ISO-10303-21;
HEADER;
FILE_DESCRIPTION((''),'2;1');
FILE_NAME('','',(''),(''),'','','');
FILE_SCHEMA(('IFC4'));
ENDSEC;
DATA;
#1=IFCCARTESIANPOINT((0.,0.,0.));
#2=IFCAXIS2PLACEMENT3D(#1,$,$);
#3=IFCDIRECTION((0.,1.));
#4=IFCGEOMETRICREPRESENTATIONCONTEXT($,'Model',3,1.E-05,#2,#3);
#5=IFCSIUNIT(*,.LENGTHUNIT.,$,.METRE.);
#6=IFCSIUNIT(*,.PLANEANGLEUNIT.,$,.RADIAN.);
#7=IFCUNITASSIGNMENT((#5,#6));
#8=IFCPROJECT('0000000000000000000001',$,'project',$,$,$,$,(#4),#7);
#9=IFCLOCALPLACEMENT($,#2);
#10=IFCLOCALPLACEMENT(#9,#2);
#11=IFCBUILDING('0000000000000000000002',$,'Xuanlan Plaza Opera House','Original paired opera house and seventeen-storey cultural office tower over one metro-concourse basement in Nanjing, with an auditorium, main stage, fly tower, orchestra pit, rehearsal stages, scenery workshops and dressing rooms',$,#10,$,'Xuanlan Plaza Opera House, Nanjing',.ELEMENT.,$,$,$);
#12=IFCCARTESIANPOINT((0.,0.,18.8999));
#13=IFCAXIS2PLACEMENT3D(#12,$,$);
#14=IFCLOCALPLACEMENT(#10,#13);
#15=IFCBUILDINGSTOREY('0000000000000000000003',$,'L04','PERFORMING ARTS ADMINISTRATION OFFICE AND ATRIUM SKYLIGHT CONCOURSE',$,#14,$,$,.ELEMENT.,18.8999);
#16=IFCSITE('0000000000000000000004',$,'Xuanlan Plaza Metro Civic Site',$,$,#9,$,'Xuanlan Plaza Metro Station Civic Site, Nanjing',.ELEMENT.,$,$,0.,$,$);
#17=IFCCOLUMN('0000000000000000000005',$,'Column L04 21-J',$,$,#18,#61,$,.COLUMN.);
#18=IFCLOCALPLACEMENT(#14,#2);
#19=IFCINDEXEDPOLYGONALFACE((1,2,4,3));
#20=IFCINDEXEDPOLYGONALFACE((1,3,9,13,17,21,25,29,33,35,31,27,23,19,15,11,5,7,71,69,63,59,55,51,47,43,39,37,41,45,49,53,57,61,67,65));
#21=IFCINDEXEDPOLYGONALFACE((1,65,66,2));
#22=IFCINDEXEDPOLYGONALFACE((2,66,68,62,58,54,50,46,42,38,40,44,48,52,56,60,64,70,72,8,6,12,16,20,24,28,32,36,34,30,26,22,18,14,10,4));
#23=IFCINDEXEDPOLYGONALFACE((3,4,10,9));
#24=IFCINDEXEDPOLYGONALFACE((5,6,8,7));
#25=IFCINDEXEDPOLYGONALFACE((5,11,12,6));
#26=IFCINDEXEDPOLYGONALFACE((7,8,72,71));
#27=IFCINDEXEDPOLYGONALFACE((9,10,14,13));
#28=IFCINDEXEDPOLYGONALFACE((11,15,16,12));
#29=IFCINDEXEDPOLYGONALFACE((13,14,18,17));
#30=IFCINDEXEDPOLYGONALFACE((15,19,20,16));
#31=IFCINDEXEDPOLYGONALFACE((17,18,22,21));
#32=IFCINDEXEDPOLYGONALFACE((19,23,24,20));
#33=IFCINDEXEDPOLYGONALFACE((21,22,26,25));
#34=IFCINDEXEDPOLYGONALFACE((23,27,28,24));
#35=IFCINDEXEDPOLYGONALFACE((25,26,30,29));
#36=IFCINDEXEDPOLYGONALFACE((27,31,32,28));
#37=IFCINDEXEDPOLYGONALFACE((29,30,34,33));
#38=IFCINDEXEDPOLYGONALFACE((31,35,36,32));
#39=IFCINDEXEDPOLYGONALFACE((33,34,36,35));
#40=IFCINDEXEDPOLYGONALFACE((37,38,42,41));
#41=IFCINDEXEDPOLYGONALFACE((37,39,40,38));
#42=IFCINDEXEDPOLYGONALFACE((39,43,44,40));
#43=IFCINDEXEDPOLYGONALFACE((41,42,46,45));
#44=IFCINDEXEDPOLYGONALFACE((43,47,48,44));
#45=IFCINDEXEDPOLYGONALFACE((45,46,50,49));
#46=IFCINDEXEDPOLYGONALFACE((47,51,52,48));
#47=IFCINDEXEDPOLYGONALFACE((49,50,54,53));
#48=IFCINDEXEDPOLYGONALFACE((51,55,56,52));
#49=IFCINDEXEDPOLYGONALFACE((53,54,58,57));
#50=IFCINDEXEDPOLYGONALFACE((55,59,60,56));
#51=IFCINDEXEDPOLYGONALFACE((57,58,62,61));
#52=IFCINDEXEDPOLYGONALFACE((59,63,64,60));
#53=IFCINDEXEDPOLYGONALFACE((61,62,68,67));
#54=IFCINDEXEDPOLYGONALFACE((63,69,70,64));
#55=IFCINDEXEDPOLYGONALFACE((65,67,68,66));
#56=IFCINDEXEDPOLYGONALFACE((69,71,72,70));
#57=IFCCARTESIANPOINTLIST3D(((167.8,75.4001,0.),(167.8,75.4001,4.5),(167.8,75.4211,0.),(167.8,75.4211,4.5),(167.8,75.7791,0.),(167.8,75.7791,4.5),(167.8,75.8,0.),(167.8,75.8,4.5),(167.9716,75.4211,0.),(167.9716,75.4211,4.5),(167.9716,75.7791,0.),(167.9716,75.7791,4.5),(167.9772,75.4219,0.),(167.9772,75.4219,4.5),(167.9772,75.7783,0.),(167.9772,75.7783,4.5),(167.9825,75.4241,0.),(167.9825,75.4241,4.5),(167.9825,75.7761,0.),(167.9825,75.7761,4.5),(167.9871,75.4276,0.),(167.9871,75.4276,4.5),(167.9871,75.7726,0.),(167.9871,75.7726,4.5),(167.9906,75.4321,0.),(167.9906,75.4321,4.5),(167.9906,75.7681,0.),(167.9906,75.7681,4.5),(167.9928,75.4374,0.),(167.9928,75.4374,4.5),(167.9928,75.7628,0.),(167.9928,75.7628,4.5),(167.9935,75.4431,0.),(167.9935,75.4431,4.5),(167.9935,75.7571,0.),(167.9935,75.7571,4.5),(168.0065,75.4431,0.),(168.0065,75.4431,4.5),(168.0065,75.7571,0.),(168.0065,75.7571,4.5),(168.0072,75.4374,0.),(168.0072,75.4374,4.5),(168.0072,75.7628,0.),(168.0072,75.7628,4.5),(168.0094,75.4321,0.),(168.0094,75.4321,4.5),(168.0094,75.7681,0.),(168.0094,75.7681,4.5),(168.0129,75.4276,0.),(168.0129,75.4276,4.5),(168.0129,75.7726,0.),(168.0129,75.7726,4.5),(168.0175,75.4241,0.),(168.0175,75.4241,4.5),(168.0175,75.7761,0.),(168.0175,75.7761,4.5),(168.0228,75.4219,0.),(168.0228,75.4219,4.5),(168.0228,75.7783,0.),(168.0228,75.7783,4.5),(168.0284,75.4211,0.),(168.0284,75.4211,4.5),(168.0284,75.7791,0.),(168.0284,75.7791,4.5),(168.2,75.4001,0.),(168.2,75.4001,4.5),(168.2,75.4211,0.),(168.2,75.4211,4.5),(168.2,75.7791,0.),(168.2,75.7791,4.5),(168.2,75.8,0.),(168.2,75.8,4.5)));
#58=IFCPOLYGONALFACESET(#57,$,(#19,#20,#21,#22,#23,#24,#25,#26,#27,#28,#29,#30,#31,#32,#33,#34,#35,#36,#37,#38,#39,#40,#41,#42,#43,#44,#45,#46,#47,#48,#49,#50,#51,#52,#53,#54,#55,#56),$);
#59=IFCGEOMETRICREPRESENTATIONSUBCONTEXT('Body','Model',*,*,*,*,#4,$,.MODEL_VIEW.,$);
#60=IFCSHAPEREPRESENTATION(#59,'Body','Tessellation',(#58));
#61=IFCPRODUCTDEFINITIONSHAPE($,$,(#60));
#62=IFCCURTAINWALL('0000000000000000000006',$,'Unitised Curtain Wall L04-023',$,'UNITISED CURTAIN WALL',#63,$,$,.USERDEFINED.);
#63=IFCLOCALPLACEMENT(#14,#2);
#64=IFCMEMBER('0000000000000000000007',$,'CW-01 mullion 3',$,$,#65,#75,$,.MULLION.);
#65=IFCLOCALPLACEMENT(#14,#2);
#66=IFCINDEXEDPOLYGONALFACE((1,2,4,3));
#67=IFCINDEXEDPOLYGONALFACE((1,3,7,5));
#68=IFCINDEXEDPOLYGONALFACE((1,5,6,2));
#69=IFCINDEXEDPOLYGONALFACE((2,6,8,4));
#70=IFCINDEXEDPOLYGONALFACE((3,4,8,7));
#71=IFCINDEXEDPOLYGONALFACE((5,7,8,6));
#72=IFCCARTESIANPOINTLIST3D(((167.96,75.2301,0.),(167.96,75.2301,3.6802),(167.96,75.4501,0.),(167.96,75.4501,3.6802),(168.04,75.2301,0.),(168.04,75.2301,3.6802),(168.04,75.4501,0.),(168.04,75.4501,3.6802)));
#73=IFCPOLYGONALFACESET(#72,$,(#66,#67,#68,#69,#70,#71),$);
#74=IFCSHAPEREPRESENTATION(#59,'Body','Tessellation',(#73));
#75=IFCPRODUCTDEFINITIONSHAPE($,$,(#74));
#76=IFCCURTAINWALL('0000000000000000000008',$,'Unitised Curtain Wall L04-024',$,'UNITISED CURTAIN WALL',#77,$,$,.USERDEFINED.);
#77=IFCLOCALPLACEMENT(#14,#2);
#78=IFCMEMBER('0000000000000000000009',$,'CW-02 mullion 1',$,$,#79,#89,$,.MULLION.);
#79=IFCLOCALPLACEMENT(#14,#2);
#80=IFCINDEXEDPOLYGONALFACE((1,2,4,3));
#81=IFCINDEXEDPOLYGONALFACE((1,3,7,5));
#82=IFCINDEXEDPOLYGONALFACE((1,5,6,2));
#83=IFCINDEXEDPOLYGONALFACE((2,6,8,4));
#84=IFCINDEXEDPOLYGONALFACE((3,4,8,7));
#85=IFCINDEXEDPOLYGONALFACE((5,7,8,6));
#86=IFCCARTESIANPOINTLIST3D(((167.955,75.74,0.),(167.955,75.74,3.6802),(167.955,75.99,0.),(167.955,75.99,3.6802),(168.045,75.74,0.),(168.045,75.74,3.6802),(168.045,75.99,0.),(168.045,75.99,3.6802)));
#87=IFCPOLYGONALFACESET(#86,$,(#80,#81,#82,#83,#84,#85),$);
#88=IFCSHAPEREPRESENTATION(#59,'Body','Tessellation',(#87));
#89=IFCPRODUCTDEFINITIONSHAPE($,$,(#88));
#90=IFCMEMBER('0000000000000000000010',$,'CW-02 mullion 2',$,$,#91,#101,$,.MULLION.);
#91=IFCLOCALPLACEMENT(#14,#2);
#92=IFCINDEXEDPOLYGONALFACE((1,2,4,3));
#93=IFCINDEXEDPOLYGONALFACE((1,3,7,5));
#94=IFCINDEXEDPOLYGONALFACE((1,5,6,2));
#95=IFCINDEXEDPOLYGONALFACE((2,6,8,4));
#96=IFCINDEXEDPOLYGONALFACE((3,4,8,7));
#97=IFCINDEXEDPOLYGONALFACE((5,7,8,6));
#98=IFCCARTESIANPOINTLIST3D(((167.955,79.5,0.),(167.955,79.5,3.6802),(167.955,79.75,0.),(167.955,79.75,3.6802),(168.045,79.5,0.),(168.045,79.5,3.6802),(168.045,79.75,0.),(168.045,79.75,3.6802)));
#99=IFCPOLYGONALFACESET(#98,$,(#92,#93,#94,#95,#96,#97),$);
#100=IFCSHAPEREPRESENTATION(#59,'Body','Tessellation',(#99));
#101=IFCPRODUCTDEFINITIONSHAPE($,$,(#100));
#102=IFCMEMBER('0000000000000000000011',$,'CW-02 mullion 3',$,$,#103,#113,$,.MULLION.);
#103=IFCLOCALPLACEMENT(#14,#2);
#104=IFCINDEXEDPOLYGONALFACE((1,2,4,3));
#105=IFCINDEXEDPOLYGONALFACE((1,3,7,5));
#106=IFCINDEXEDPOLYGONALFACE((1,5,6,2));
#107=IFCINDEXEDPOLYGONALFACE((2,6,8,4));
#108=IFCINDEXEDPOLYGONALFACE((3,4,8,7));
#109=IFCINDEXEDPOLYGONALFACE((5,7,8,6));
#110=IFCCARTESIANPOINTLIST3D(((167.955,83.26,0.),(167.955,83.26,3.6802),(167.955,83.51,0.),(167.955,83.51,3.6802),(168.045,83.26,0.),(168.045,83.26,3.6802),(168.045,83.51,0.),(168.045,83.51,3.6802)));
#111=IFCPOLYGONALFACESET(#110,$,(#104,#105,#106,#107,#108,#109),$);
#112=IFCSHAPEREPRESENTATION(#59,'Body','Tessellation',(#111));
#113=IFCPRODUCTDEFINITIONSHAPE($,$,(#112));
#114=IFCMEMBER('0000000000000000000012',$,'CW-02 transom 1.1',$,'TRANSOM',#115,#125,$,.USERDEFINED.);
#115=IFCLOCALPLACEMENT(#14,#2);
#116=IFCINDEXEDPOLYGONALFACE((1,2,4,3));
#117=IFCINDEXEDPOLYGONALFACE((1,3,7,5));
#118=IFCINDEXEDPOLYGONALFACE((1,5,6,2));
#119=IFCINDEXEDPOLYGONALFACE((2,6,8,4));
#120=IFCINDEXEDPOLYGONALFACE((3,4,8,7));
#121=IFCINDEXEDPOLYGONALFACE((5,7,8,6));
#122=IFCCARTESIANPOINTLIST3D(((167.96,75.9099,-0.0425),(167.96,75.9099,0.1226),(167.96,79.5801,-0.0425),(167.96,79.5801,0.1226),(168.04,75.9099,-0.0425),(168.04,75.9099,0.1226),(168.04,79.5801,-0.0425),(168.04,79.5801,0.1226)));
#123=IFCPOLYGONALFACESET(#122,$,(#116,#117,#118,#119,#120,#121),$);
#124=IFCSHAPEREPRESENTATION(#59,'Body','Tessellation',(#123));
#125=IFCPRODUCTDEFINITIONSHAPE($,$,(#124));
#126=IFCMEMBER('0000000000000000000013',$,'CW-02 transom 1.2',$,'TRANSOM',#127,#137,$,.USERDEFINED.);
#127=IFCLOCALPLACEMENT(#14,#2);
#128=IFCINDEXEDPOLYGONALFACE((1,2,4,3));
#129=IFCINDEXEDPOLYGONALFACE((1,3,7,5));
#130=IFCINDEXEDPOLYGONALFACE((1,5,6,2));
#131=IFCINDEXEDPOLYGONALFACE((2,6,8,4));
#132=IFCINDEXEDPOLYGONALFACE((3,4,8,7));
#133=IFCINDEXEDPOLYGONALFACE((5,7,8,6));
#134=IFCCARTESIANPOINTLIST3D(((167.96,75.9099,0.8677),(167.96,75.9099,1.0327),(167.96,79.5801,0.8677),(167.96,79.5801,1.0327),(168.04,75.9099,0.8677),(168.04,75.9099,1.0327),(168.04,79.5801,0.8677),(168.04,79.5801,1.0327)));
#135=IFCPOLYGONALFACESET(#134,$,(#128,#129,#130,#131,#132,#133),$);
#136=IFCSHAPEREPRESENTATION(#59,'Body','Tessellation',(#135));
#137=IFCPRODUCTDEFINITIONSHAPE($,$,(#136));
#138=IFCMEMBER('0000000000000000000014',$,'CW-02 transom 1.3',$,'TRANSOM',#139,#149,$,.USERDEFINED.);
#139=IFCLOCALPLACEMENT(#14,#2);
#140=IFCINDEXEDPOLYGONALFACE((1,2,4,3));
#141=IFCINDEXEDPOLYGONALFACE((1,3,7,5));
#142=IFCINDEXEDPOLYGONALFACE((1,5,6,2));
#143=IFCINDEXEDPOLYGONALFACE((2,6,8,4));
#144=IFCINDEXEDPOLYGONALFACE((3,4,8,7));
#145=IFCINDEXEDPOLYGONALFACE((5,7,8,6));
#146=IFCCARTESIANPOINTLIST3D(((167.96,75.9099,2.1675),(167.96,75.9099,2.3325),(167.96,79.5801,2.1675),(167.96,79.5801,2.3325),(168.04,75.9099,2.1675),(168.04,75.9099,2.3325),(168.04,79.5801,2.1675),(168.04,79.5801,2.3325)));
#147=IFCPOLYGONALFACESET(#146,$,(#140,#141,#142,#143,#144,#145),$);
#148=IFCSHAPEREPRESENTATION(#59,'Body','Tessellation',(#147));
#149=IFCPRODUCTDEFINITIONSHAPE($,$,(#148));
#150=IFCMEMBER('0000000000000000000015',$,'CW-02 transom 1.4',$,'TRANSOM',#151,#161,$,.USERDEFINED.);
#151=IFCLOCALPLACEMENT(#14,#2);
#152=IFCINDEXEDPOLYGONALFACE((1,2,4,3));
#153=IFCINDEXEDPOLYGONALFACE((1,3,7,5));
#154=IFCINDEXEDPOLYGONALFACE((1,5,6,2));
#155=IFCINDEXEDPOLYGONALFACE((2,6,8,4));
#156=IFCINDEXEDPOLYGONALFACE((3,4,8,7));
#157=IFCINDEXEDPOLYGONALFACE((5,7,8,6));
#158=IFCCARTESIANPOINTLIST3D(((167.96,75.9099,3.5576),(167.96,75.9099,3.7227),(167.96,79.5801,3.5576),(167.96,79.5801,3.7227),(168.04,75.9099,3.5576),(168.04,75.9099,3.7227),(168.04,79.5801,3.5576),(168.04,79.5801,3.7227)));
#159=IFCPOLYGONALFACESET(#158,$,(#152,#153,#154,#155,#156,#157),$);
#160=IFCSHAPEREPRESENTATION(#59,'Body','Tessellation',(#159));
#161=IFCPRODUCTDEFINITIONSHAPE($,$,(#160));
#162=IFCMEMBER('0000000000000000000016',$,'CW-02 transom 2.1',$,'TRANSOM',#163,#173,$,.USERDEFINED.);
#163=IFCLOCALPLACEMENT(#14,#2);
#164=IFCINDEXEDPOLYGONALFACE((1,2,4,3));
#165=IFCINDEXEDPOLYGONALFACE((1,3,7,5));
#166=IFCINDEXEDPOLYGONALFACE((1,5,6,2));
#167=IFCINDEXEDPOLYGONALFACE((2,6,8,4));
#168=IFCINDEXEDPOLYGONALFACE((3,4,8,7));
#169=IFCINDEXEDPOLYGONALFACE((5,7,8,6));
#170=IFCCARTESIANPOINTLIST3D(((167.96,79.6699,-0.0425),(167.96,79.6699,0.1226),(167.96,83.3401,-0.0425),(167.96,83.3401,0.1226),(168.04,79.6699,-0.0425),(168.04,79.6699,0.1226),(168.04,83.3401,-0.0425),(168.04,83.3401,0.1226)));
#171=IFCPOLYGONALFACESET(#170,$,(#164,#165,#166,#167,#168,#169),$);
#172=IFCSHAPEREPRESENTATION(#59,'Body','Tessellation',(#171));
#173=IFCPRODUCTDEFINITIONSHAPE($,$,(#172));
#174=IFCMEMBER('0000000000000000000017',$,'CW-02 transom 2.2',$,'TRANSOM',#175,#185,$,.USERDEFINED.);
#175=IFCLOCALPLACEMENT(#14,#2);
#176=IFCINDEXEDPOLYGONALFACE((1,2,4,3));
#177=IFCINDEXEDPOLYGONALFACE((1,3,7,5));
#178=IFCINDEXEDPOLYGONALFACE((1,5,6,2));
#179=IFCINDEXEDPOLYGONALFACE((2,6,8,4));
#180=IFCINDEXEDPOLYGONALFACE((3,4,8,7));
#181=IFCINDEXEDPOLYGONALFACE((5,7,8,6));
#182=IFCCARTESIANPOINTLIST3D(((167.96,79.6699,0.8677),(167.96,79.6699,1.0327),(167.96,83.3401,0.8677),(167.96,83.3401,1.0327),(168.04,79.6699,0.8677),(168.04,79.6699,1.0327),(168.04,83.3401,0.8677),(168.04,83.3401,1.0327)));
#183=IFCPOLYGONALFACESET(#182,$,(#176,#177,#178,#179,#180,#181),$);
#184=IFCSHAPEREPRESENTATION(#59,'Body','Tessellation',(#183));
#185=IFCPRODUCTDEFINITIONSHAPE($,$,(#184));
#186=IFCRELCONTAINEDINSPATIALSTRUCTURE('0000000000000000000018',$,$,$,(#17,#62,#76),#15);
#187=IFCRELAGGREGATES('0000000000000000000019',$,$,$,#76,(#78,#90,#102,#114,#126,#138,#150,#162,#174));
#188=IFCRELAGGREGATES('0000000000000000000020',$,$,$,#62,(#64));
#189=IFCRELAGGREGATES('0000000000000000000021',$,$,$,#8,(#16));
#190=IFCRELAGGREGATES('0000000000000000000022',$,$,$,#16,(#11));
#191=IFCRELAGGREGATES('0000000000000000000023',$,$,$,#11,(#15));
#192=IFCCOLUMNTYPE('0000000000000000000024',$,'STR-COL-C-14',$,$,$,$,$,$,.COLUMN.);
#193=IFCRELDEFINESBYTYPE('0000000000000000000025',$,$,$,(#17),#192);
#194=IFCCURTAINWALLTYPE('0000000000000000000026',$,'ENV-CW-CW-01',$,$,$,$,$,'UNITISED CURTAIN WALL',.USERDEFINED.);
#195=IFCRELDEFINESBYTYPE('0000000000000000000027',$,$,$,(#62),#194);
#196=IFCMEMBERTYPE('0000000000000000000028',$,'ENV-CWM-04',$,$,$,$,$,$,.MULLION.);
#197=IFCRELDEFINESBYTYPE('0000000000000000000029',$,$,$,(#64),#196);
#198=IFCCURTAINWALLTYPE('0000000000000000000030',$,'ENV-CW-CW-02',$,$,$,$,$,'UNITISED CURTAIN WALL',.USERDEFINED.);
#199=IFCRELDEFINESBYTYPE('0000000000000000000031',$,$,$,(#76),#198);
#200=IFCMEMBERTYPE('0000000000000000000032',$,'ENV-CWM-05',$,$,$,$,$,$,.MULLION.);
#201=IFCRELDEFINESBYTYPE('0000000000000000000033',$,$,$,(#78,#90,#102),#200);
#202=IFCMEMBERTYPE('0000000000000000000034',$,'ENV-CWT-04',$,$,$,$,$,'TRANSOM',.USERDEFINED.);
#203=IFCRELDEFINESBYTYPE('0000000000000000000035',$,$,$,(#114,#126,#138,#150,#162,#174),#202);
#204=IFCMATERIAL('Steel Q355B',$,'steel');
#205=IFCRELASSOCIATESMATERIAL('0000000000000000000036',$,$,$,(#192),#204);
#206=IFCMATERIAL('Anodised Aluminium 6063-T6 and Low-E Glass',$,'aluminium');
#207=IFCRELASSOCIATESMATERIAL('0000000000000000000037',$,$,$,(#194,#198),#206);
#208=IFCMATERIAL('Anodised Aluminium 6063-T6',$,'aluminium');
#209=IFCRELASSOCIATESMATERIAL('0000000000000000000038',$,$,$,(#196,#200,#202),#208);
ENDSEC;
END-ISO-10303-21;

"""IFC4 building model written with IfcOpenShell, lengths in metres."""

from ifc_helpers import new_model, si_unit, direction, frame, origin, origin_2d, place, context, subcontext, project, spatial, rectangle, i_section, extrude, material, material_profile, profile_set, type_object, element, aggregate, save


model = new_model("IFC4")

# Units and contexts
model_context = context("Model", 3, precision=1e-05, world=origin(), true_north=direction((0.0, 1.0)))
body_context = subcontext(model_context, "Body", "Model", "MODEL_VIEW")
ifc_project = project(units=[si_unit("LENGTHUNIT", "METRE"), si_unit("PLANEANGLEUNIT", "RADIAN")], contexts=[model_context])

# Site, building, storey
site_placement = place(None, origin())
site = spatial("IfcSite", under=ifc_project, at=site_placement, Name="Xuanlan Plaza Metro Civic Site", LongName="Xuanlan Plaza Metro Station Civic Site, Nanjing", CompositionType="ELEMENT", RefElevation=0.0)
building_placement = place(site_placement, origin())
building = spatial("IfcBuilding", under=site, at=building_placement, Name="Xuanlan Plaza Opera House", Description="Original paired opera house and seventeen-storey cultural office tower over one metro-concourse basement in Nanjing, with an auditorium, main stage, fly tower, orchestra pit, rehearsal stages, scenery workshops and dressing rooms", LongName="Xuanlan Plaza Opera House, Nanjing", CompositionType="ELEMENT")
storey_placement = place(building_placement, frame((0.0, 0.0, 18.8999)))
storey = spatial("IfcBuildingStorey", under=building, at=storey_placement, Name="L04", Description="PERFORMING ARTS ADMINISTRATION OFFICE AND ATRIUM SKYLIGHT CONCOURSE", CompositionType="ELEMENT", Elevation=18.8999)

# Column
ifc_material_1 = material(Name="Steel Q355B", Category="steel")
ifc_material_profile_1 = material_profile(ifc_material_1, i_section(OverallWidth=0.3999, OverallDepth=0.3999, WebThickness=0.0129, FlangeThickness=0.021, FilletRadius=0.022, at=origin_2d()), Name="HW 400x400x13x21")
ifc_profile_set_1 = profile_set([ifc_material_profile_1], Name="Steel Q355B")
column_type = type_object("IfcColumnType", Name="STR-COL-C-14", PredefinedType="COLUMN", material=ifc_profile_set_1)
column_placement = place(storey_placement, frame((168.0, 75.6001, 0.0), z_axis=(0.0, 0.0, 1.0), x_axis=(1.0, 0.0, 0.0)))
element("IfcColumn", 1, at=column_placement, inside=storey, type_object=column_type, Name="Column L04 21-J", PredefinedType="COLUMN", context=body_context, shape_type="SweptSolid", body=[
    extrude(i_section(OverallWidth=0.3999, OverallDepth=0.3999, WebThickness=0.0129, FlangeThickness=0.021, FilletRadius=0.022, at=origin_2d()), origin(), (0.0, 0.0, 1.0), 4.5),
])

# Curtain wall, member
ifc_material_2 = material(Name="Anodised Aluminium 6063-T6 and Low-E Glass", Category="aluminium")
curtain_wall_type_1 = type_object("IfcCurtainWallType", Name="ENV-CW-CW-01", ElementType="UNITISED CURTAIN WALL", PredefinedType="USERDEFINED", material=ifc_material_2)
curtain_wall_1_placement = place(storey_placement, origin())
curtain_wall_1 = element("IfcCurtainWall", 2, at=curtain_wall_1_placement, inside=storey, type_object=curtain_wall_type_1, Name="Unitised Curtain Wall L04-023", ObjectType="UNITISED CURTAIN WALL", PredefinedType="USERDEFINED")
ifc_material_3 = material(Name="Anodised Aluminium 6063-T6", Category="aluminium")
ifc_material_profile_2 = material_profile(ifc_material_3, rectangle(XDim=0.0801, YDim=0.22, at=origin_2d()), Name="ALU-M 80x220")
ifc_profile_set_2 = profile_set([ifc_material_profile_2], Name="Anodised Aluminium 6063-T6")
member_type_1 = type_object("IfcMemberType", Name="ENV-CWM-04", PredefinedType="MULLION", material=ifc_profile_set_2)
member_1_placement = place(storey_placement, frame((168.0, 75.3401, 0.0), z_axis=(0.0, 0.0, 1.0), x_axis=(-1.0, 0.0, 0.0)))
member_1 = element("IfcMember", 3, at=member_1_placement, type_object=member_type_1, Name="CW-01 mullion 3", PredefinedType="MULLION", context=body_context, shape_type="SweptSolid", body=[
    extrude(rectangle(XDim=0.0801, YDim=0.22, at=origin_2d()), origin(), (0.0, 0.0, 1.0), 3.6802),
])

# Curtain wall, members
curtain_wall_type_2 = type_object("IfcCurtainWallType", Name="ENV-CW-CW-02", ElementType="UNITISED CURTAIN WALL", PredefinedType="USERDEFINED", material=ifc_material_2)
curtain_wall_2_placement = place(storey_placement, origin())
curtain_wall_2 = element("IfcCurtainWall", 4, at=curtain_wall_2_placement, inside=storey, type_object=curtain_wall_type_2, Name="Unitised Curtain Wall L04-024", ObjectType="UNITISED CURTAIN WALL", PredefinedType="USERDEFINED")
ifc_material_profile_3 = material_profile(ifc_material_3, rectangle(XDim=0.0901, YDim=0.25, at=origin_2d()), Name="ALU-M 90x250")
ifc_profile_set_3 = profile_set([ifc_material_profile_3], Name="Anodised Aluminium 6063-T6")
member_type_2 = type_object("IfcMemberType", Name="ENV-CWM-05", PredefinedType="MULLION", material=ifc_profile_set_3)
member_2_placement = place(storey_placement, frame((168.0, 75.865, 0.0), z_axis=(0.0, 0.0, 1.0), x_axis=(-1.0, 0.0, 0.0)))
member_2 = element("IfcMember", 5, at=member_2_placement, type_object=member_type_2, Name="CW-02 mullion 1", PredefinedType="MULLION", context=body_context, shape_type="SweptSolid", body=[
    extrude(rectangle(XDim=0.0901, YDim=0.25, at=origin_2d()), origin(), (0.0, 0.0, 1.0), 3.6802),
])
member_3_placement = place(storey_placement, frame((168.0, 79.625, 0.0), z_axis=(0.0, 0.0, 1.0), x_axis=(-1.0, 0.0, 0.0)))
member_3 = element("IfcMember", 6, at=member_3_placement, type_object=member_type_2, Name="CW-02 mullion 2", PredefinedType="MULLION", context=body_context, shape_type="SweptSolid", body=[
    extrude(rectangle(XDim=0.0901, YDim=0.25, at=origin_2d()), origin(), (0.0, 0.0, 1.0), 3.6802),
])
member_4_placement = place(storey_placement, frame((168.0, 83.385, 0.0), z_axis=(0.0, 0.0, 1.0), x_axis=(-1.0, 0.0, 0.0)))
member_4 = element("IfcMember", 7, at=member_4_placement, type_object=member_type_2, Name="CW-02 mullion 3", PredefinedType="MULLION", context=body_context, shape_type="SweptSolid", body=[
    extrude(rectangle(XDim=0.0901, YDim=0.25, at=origin_2d()), origin(), (0.0, 0.0, 1.0), 3.6802),
])
ifc_material_profile_4 = material_profile(ifc_material_3, rectangle(XDim=0.0801, YDim=0.165, at=origin_2d()), Name="ALU-T 80x165")
ifc_profile_set_4 = profile_set([ifc_material_profile_4], Name="Anodised Aluminium 6063-T6")
member_type_3 = type_object("IfcMemberType", Name="ENV-CWT-04", ElementType="TRANSOM", PredefinedType="USERDEFINED", material=ifc_profile_set_4)
member_5_placement = place(storey_placement, frame((168.0, 75.9099, 0.04), z_axis=(0.0, 1.0, 0.0), x_axis=(-1.0, 0.0, 0.0)))
member_5 = element("IfcMember", 8, at=member_5_placement, type_object=member_type_3, Name="CW-02 transom 1.1", ObjectType="TRANSOM", PredefinedType="USERDEFINED", context=body_context, shape_type="SweptSolid", body=[
    extrude(rectangle(XDim=0.0801, YDim=0.165, at=origin_2d()), origin(), (0.0, 0.0, 1.0), 3.6702),
])
member_6_placement = place(storey_placement, frame((168.0, 75.9099, 0.9502), z_axis=(0.0, 1.0, 0.0), x_axis=(-1.0, 0.0, 0.0)))
member_6 = element("IfcMember", 9, at=member_6_placement, type_object=member_type_3, Name="CW-02 transom 1.2", ObjectType="TRANSOM", PredefinedType="USERDEFINED", context=body_context, shape_type="SweptSolid", body=[
    extrude(rectangle(XDim=0.0801, YDim=0.165, at=origin_2d()), origin(), (0.0, 0.0, 1.0), 3.6702),
])
member_7_placement = place(storey_placement, frame((168.0, 75.9099, 2.25), z_axis=(0.0, 1.0, 0.0), x_axis=(-1.0, 0.0, 0.0)))
member_7 = element("IfcMember", 10, at=member_7_placement, type_object=member_type_3, Name="CW-02 transom 1.3", ObjectType="TRANSOM", PredefinedType="USERDEFINED", context=body_context, shape_type="SweptSolid", body=[
    extrude(rectangle(XDim=0.0801, YDim=0.165, at=origin_2d()), origin(), (0.0, 0.0, 1.0), 3.6702),
])
member_8_placement = place(storey_placement, frame((168.0, 75.9099, 3.6401), z_axis=(0.0, 1.0, 0.0), x_axis=(-1.0, 0.0, 0.0)))
member_8 = element("IfcMember", 11, at=member_8_placement, type_object=member_type_3, Name="CW-02 transom 1.4", ObjectType="TRANSOM", PredefinedType="USERDEFINED", context=body_context, shape_type="SweptSolid", body=[
    extrude(rectangle(XDim=0.0801, YDim=0.165, at=origin_2d()), origin(), (0.0, 0.0, 1.0), 3.6702),
])
member_9_placement = place(storey_placement, frame((168.0, 79.6699, 0.04), z_axis=(0.0, 1.0, 0.0), x_axis=(-1.0, 0.0, 0.0)))
member_9 = element("IfcMember", 12, at=member_9_placement, type_object=member_type_3, Name="CW-02 transom 2.1", ObjectType="TRANSOM", PredefinedType="USERDEFINED", context=body_context, shape_type="SweptSolid", body=[
    extrude(rectangle(XDim=0.0801, YDim=0.165, at=origin_2d()), origin(), (0.0, 0.0, 1.0), 3.6702),
])
member_10_placement = place(storey_placement, frame((168.0, 79.6699, 0.9502), z_axis=(0.0, 1.0, 0.0), x_axis=(-1.0, 0.0, 0.0)))
member_10 = element("IfcMember", 13, at=member_10_placement, type_object=member_type_3, Name="CW-02 transom 2.2", ObjectType="TRANSOM", PredefinedType="USERDEFINED", context=body_context, shape_type="SweptSolid", body=[
    extrude(rectangle(XDim=0.0801, YDim=0.165, at=origin_2d()), origin(), (0.0, 0.0, 1.0), 3.6702),
])

aggregate(curtain_wall_2, [member_2, member_3, member_4, member_5, member_6, member_7, member_8, member_9, member_10])
aggregate(curtain_wall_1, [member_1])

save(model, "model.ifc")
